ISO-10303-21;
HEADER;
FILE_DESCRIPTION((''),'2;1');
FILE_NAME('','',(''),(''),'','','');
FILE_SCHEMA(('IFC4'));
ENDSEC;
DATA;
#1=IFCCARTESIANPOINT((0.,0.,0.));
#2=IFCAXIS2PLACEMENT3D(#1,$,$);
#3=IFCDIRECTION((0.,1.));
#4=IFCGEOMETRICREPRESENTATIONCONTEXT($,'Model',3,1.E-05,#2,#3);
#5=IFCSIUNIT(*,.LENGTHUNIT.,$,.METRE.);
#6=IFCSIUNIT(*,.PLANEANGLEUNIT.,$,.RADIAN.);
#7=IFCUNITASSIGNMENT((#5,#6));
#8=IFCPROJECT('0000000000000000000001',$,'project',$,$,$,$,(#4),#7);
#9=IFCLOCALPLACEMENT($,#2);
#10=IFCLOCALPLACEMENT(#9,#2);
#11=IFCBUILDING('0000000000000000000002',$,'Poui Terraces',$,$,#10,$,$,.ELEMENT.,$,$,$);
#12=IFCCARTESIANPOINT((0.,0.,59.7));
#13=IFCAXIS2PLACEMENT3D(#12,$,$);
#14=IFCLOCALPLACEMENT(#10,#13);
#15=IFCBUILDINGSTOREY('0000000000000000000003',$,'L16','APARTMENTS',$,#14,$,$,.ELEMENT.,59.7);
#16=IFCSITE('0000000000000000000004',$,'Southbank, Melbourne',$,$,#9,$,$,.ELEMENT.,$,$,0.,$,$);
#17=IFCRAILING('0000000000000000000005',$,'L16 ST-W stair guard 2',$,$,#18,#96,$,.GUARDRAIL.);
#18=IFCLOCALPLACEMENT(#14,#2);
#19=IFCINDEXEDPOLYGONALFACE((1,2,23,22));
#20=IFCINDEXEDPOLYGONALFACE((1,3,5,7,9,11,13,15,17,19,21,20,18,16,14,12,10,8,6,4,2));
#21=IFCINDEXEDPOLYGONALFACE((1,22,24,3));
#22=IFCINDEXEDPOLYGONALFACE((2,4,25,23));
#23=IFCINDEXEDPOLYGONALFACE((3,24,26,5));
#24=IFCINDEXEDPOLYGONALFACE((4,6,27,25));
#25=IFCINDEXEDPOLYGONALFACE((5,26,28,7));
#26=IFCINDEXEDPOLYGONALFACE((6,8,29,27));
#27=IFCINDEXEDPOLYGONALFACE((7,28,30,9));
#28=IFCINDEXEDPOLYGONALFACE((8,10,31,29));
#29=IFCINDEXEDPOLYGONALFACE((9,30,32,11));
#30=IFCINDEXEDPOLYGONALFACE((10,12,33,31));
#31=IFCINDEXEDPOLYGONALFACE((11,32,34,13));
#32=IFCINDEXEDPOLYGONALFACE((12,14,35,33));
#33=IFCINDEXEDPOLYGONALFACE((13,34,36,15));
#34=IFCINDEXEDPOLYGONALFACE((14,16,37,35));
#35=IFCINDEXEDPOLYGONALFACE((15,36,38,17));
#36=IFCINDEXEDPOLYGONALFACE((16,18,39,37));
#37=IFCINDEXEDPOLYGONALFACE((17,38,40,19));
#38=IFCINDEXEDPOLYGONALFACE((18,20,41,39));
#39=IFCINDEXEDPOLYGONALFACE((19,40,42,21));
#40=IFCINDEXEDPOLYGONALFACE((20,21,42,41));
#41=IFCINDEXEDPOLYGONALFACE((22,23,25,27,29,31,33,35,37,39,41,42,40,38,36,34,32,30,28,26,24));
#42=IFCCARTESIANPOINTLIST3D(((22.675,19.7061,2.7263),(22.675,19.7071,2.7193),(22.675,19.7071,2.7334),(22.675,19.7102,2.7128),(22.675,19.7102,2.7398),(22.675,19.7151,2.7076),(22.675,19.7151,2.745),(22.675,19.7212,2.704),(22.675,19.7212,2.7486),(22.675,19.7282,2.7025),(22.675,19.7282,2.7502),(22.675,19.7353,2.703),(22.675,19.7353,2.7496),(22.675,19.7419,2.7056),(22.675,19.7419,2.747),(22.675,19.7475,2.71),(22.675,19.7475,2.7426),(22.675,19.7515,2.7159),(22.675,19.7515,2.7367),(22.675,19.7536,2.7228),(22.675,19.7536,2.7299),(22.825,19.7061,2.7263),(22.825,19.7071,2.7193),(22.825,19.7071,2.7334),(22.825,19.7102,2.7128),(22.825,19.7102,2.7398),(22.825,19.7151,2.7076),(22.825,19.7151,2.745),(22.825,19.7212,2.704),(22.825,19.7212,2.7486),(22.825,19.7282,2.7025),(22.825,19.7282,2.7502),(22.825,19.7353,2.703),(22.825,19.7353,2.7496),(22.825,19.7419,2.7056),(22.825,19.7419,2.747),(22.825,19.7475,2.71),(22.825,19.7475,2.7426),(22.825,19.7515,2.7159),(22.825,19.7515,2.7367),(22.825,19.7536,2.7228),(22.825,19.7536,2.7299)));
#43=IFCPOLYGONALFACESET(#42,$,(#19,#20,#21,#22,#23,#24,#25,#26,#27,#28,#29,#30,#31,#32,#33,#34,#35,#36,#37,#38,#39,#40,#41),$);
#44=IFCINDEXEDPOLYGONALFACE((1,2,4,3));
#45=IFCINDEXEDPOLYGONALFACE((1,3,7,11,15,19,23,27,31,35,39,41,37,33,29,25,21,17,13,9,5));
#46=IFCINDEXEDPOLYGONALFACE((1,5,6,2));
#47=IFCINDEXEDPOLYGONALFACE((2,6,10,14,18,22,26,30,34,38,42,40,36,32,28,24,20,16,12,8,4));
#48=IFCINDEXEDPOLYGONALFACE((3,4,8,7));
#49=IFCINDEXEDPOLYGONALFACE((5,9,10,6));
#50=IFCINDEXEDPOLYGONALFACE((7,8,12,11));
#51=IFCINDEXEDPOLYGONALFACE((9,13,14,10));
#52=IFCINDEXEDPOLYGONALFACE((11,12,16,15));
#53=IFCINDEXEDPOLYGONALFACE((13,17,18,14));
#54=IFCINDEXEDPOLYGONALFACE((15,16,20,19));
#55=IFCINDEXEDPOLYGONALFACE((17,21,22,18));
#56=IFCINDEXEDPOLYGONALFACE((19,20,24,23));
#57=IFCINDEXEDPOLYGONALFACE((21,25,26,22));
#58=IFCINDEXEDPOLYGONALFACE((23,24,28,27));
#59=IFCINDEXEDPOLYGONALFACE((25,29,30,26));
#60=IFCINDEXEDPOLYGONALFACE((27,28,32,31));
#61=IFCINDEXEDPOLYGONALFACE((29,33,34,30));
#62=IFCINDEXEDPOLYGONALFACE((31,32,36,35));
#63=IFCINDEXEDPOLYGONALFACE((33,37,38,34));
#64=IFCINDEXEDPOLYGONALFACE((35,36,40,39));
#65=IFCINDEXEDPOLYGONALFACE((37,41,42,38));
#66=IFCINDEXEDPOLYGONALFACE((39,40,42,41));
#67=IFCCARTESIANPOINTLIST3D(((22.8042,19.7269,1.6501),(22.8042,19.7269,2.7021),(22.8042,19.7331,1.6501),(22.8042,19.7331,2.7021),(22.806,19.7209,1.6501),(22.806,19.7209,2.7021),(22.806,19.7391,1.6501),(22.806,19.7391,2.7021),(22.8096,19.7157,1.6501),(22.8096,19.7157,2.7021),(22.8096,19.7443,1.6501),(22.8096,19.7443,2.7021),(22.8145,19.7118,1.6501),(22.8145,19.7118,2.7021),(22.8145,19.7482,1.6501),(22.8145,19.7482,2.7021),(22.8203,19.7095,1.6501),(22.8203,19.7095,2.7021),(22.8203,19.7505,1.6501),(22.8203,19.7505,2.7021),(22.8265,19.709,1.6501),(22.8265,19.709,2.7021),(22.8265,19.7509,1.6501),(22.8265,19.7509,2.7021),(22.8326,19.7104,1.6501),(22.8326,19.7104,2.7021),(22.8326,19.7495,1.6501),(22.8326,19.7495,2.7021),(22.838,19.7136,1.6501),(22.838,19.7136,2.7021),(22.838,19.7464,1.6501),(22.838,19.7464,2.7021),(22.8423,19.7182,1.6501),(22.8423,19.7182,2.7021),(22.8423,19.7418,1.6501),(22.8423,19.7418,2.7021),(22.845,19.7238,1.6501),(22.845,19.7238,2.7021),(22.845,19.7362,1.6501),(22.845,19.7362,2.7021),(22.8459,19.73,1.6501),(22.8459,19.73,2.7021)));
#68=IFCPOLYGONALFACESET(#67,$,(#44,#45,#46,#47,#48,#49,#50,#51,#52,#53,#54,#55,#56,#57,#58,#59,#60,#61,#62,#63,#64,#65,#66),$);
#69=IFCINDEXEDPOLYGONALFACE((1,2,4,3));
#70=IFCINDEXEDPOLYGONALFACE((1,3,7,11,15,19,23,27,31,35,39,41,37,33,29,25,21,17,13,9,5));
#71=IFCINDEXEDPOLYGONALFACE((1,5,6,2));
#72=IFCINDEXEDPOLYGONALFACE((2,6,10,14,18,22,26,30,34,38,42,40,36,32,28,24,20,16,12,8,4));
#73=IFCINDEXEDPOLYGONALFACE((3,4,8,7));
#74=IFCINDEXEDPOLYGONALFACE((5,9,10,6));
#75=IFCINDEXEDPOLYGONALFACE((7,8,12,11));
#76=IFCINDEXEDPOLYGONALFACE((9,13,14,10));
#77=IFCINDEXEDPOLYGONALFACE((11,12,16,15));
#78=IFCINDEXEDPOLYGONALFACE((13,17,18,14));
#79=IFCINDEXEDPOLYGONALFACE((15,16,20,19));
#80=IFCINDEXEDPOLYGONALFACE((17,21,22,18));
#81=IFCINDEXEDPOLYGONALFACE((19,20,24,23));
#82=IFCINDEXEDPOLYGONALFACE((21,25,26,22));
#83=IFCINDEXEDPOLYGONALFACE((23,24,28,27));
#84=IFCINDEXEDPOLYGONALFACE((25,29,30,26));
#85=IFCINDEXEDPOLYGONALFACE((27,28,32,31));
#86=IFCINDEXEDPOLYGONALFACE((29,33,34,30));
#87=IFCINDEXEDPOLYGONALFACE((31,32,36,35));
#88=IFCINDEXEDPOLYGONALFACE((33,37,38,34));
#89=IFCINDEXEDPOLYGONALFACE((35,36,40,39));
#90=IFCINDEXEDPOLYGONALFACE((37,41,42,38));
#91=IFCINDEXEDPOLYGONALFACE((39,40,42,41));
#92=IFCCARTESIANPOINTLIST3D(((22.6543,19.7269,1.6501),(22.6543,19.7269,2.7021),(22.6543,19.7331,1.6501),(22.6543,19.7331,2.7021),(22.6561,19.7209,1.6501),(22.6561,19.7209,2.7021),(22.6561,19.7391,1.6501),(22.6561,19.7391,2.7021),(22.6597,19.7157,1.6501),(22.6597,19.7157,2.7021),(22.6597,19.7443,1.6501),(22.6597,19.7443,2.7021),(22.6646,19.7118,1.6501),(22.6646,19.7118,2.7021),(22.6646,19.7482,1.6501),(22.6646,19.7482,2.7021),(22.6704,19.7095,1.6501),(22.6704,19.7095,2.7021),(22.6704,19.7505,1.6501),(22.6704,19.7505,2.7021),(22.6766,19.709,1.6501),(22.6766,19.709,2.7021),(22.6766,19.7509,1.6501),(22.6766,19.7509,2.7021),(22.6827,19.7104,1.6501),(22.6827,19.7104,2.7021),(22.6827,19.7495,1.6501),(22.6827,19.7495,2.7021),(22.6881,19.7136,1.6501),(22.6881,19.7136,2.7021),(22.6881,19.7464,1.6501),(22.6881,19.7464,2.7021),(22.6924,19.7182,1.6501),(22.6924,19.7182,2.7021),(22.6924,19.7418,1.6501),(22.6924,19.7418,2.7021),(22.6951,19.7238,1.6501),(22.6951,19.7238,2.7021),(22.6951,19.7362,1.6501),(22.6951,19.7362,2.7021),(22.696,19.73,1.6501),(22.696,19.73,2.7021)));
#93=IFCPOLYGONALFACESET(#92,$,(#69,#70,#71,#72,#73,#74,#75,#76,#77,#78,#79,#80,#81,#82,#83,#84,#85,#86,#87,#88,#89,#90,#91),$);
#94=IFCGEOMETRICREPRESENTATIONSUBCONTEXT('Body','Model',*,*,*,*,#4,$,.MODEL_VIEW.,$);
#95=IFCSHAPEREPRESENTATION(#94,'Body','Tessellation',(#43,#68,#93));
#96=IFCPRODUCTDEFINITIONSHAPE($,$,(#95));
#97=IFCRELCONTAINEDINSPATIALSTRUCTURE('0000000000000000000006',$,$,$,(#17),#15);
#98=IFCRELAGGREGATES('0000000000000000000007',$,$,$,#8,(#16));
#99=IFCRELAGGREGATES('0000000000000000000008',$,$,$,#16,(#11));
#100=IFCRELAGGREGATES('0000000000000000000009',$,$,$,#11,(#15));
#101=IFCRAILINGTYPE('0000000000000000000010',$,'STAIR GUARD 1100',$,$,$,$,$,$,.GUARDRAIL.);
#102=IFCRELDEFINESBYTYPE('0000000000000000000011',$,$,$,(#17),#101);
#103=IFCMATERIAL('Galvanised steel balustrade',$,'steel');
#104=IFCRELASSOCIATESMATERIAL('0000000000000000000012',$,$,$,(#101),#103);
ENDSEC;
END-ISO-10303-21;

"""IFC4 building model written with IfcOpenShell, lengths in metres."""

from ifc_helpers import new_model, si_unit, direction, frame, origin, origin_2d, place, context, subcontext, project, spatial, circle, extrude, material, type_object, element, save


model = new_model("IFC4")

# Units and contexts
model_context = context("Model", 3, precision=1e-05, world=origin(), true_north=direction((0.0, 1.0)))
body_context = subcontext(model_context, "Body", "Model", "MODEL_VIEW")
ifc_project = project(units=[si_unit("LENGTHUNIT", "METRE"), si_unit("PLANEANGLEUNIT", "RADIAN")], contexts=[model_context])

# Site, building, storey
site_placement = place(None, origin())
site = spatial("IfcSite", under=ifc_project, at=site_placement, Name="Southbank, Melbourne", CompositionType="ELEMENT", RefElevation=0.0)
building_placement = place(site_placement, origin())
building = spatial("IfcBuilding", under=site, at=building_placement, Name="Poui Terraces", CompositionType="ELEMENT")
storey_placement = place(building_placement, frame((0.0, 0.0, 59.7)))
storey = spatial("IfcBuildingStorey", under=building, at=storey_placement, Name="L16", Description="APARTMENTS", CompositionType="ELEMENT", Elevation=59.7)

# Railing
ifc_material_1 = material(Name="Galvanised steel balustrade", Category="steel")
railing_type_1 = type_object("IfcRailingType", Name="STAIR GUARD 1100", PredefinedType="GUARDRAIL", material=ifc_material_1)
railing_1_placement = place(storey_placement, frame((22.825, 19.73, 1.6501)))
element("IfcRailing", 1, at=railing_1_placement, inside=storey, type_object=railing_type_1, Name="L16 ST-W stair guard 2", PredefinedType="GUARDRAIL", context=body_context, shape_type="SweptSolid", body=[
    extrude(circle(Radius=0.0239, at=origin_2d()), frame((0.0, 0.0, 1.0762), z_axis=(-1.0, 0.0, 0.0), x_axis=(0.0, -1.0, 0.0)), (0.0, 0.0, 1.0), 0.1499),
    extrude(circle(Radius=0.021, at=origin_2d()), origin(), (0.0, 0.0, 1.0), 1.052),
    extrude(circle(Radius=0.021, at=origin_2d()), frame((-0.1499, 0.0, 0.0)), (0.0, 0.0, 1.0), 1.052),
])

save(model, "model.ifc")
